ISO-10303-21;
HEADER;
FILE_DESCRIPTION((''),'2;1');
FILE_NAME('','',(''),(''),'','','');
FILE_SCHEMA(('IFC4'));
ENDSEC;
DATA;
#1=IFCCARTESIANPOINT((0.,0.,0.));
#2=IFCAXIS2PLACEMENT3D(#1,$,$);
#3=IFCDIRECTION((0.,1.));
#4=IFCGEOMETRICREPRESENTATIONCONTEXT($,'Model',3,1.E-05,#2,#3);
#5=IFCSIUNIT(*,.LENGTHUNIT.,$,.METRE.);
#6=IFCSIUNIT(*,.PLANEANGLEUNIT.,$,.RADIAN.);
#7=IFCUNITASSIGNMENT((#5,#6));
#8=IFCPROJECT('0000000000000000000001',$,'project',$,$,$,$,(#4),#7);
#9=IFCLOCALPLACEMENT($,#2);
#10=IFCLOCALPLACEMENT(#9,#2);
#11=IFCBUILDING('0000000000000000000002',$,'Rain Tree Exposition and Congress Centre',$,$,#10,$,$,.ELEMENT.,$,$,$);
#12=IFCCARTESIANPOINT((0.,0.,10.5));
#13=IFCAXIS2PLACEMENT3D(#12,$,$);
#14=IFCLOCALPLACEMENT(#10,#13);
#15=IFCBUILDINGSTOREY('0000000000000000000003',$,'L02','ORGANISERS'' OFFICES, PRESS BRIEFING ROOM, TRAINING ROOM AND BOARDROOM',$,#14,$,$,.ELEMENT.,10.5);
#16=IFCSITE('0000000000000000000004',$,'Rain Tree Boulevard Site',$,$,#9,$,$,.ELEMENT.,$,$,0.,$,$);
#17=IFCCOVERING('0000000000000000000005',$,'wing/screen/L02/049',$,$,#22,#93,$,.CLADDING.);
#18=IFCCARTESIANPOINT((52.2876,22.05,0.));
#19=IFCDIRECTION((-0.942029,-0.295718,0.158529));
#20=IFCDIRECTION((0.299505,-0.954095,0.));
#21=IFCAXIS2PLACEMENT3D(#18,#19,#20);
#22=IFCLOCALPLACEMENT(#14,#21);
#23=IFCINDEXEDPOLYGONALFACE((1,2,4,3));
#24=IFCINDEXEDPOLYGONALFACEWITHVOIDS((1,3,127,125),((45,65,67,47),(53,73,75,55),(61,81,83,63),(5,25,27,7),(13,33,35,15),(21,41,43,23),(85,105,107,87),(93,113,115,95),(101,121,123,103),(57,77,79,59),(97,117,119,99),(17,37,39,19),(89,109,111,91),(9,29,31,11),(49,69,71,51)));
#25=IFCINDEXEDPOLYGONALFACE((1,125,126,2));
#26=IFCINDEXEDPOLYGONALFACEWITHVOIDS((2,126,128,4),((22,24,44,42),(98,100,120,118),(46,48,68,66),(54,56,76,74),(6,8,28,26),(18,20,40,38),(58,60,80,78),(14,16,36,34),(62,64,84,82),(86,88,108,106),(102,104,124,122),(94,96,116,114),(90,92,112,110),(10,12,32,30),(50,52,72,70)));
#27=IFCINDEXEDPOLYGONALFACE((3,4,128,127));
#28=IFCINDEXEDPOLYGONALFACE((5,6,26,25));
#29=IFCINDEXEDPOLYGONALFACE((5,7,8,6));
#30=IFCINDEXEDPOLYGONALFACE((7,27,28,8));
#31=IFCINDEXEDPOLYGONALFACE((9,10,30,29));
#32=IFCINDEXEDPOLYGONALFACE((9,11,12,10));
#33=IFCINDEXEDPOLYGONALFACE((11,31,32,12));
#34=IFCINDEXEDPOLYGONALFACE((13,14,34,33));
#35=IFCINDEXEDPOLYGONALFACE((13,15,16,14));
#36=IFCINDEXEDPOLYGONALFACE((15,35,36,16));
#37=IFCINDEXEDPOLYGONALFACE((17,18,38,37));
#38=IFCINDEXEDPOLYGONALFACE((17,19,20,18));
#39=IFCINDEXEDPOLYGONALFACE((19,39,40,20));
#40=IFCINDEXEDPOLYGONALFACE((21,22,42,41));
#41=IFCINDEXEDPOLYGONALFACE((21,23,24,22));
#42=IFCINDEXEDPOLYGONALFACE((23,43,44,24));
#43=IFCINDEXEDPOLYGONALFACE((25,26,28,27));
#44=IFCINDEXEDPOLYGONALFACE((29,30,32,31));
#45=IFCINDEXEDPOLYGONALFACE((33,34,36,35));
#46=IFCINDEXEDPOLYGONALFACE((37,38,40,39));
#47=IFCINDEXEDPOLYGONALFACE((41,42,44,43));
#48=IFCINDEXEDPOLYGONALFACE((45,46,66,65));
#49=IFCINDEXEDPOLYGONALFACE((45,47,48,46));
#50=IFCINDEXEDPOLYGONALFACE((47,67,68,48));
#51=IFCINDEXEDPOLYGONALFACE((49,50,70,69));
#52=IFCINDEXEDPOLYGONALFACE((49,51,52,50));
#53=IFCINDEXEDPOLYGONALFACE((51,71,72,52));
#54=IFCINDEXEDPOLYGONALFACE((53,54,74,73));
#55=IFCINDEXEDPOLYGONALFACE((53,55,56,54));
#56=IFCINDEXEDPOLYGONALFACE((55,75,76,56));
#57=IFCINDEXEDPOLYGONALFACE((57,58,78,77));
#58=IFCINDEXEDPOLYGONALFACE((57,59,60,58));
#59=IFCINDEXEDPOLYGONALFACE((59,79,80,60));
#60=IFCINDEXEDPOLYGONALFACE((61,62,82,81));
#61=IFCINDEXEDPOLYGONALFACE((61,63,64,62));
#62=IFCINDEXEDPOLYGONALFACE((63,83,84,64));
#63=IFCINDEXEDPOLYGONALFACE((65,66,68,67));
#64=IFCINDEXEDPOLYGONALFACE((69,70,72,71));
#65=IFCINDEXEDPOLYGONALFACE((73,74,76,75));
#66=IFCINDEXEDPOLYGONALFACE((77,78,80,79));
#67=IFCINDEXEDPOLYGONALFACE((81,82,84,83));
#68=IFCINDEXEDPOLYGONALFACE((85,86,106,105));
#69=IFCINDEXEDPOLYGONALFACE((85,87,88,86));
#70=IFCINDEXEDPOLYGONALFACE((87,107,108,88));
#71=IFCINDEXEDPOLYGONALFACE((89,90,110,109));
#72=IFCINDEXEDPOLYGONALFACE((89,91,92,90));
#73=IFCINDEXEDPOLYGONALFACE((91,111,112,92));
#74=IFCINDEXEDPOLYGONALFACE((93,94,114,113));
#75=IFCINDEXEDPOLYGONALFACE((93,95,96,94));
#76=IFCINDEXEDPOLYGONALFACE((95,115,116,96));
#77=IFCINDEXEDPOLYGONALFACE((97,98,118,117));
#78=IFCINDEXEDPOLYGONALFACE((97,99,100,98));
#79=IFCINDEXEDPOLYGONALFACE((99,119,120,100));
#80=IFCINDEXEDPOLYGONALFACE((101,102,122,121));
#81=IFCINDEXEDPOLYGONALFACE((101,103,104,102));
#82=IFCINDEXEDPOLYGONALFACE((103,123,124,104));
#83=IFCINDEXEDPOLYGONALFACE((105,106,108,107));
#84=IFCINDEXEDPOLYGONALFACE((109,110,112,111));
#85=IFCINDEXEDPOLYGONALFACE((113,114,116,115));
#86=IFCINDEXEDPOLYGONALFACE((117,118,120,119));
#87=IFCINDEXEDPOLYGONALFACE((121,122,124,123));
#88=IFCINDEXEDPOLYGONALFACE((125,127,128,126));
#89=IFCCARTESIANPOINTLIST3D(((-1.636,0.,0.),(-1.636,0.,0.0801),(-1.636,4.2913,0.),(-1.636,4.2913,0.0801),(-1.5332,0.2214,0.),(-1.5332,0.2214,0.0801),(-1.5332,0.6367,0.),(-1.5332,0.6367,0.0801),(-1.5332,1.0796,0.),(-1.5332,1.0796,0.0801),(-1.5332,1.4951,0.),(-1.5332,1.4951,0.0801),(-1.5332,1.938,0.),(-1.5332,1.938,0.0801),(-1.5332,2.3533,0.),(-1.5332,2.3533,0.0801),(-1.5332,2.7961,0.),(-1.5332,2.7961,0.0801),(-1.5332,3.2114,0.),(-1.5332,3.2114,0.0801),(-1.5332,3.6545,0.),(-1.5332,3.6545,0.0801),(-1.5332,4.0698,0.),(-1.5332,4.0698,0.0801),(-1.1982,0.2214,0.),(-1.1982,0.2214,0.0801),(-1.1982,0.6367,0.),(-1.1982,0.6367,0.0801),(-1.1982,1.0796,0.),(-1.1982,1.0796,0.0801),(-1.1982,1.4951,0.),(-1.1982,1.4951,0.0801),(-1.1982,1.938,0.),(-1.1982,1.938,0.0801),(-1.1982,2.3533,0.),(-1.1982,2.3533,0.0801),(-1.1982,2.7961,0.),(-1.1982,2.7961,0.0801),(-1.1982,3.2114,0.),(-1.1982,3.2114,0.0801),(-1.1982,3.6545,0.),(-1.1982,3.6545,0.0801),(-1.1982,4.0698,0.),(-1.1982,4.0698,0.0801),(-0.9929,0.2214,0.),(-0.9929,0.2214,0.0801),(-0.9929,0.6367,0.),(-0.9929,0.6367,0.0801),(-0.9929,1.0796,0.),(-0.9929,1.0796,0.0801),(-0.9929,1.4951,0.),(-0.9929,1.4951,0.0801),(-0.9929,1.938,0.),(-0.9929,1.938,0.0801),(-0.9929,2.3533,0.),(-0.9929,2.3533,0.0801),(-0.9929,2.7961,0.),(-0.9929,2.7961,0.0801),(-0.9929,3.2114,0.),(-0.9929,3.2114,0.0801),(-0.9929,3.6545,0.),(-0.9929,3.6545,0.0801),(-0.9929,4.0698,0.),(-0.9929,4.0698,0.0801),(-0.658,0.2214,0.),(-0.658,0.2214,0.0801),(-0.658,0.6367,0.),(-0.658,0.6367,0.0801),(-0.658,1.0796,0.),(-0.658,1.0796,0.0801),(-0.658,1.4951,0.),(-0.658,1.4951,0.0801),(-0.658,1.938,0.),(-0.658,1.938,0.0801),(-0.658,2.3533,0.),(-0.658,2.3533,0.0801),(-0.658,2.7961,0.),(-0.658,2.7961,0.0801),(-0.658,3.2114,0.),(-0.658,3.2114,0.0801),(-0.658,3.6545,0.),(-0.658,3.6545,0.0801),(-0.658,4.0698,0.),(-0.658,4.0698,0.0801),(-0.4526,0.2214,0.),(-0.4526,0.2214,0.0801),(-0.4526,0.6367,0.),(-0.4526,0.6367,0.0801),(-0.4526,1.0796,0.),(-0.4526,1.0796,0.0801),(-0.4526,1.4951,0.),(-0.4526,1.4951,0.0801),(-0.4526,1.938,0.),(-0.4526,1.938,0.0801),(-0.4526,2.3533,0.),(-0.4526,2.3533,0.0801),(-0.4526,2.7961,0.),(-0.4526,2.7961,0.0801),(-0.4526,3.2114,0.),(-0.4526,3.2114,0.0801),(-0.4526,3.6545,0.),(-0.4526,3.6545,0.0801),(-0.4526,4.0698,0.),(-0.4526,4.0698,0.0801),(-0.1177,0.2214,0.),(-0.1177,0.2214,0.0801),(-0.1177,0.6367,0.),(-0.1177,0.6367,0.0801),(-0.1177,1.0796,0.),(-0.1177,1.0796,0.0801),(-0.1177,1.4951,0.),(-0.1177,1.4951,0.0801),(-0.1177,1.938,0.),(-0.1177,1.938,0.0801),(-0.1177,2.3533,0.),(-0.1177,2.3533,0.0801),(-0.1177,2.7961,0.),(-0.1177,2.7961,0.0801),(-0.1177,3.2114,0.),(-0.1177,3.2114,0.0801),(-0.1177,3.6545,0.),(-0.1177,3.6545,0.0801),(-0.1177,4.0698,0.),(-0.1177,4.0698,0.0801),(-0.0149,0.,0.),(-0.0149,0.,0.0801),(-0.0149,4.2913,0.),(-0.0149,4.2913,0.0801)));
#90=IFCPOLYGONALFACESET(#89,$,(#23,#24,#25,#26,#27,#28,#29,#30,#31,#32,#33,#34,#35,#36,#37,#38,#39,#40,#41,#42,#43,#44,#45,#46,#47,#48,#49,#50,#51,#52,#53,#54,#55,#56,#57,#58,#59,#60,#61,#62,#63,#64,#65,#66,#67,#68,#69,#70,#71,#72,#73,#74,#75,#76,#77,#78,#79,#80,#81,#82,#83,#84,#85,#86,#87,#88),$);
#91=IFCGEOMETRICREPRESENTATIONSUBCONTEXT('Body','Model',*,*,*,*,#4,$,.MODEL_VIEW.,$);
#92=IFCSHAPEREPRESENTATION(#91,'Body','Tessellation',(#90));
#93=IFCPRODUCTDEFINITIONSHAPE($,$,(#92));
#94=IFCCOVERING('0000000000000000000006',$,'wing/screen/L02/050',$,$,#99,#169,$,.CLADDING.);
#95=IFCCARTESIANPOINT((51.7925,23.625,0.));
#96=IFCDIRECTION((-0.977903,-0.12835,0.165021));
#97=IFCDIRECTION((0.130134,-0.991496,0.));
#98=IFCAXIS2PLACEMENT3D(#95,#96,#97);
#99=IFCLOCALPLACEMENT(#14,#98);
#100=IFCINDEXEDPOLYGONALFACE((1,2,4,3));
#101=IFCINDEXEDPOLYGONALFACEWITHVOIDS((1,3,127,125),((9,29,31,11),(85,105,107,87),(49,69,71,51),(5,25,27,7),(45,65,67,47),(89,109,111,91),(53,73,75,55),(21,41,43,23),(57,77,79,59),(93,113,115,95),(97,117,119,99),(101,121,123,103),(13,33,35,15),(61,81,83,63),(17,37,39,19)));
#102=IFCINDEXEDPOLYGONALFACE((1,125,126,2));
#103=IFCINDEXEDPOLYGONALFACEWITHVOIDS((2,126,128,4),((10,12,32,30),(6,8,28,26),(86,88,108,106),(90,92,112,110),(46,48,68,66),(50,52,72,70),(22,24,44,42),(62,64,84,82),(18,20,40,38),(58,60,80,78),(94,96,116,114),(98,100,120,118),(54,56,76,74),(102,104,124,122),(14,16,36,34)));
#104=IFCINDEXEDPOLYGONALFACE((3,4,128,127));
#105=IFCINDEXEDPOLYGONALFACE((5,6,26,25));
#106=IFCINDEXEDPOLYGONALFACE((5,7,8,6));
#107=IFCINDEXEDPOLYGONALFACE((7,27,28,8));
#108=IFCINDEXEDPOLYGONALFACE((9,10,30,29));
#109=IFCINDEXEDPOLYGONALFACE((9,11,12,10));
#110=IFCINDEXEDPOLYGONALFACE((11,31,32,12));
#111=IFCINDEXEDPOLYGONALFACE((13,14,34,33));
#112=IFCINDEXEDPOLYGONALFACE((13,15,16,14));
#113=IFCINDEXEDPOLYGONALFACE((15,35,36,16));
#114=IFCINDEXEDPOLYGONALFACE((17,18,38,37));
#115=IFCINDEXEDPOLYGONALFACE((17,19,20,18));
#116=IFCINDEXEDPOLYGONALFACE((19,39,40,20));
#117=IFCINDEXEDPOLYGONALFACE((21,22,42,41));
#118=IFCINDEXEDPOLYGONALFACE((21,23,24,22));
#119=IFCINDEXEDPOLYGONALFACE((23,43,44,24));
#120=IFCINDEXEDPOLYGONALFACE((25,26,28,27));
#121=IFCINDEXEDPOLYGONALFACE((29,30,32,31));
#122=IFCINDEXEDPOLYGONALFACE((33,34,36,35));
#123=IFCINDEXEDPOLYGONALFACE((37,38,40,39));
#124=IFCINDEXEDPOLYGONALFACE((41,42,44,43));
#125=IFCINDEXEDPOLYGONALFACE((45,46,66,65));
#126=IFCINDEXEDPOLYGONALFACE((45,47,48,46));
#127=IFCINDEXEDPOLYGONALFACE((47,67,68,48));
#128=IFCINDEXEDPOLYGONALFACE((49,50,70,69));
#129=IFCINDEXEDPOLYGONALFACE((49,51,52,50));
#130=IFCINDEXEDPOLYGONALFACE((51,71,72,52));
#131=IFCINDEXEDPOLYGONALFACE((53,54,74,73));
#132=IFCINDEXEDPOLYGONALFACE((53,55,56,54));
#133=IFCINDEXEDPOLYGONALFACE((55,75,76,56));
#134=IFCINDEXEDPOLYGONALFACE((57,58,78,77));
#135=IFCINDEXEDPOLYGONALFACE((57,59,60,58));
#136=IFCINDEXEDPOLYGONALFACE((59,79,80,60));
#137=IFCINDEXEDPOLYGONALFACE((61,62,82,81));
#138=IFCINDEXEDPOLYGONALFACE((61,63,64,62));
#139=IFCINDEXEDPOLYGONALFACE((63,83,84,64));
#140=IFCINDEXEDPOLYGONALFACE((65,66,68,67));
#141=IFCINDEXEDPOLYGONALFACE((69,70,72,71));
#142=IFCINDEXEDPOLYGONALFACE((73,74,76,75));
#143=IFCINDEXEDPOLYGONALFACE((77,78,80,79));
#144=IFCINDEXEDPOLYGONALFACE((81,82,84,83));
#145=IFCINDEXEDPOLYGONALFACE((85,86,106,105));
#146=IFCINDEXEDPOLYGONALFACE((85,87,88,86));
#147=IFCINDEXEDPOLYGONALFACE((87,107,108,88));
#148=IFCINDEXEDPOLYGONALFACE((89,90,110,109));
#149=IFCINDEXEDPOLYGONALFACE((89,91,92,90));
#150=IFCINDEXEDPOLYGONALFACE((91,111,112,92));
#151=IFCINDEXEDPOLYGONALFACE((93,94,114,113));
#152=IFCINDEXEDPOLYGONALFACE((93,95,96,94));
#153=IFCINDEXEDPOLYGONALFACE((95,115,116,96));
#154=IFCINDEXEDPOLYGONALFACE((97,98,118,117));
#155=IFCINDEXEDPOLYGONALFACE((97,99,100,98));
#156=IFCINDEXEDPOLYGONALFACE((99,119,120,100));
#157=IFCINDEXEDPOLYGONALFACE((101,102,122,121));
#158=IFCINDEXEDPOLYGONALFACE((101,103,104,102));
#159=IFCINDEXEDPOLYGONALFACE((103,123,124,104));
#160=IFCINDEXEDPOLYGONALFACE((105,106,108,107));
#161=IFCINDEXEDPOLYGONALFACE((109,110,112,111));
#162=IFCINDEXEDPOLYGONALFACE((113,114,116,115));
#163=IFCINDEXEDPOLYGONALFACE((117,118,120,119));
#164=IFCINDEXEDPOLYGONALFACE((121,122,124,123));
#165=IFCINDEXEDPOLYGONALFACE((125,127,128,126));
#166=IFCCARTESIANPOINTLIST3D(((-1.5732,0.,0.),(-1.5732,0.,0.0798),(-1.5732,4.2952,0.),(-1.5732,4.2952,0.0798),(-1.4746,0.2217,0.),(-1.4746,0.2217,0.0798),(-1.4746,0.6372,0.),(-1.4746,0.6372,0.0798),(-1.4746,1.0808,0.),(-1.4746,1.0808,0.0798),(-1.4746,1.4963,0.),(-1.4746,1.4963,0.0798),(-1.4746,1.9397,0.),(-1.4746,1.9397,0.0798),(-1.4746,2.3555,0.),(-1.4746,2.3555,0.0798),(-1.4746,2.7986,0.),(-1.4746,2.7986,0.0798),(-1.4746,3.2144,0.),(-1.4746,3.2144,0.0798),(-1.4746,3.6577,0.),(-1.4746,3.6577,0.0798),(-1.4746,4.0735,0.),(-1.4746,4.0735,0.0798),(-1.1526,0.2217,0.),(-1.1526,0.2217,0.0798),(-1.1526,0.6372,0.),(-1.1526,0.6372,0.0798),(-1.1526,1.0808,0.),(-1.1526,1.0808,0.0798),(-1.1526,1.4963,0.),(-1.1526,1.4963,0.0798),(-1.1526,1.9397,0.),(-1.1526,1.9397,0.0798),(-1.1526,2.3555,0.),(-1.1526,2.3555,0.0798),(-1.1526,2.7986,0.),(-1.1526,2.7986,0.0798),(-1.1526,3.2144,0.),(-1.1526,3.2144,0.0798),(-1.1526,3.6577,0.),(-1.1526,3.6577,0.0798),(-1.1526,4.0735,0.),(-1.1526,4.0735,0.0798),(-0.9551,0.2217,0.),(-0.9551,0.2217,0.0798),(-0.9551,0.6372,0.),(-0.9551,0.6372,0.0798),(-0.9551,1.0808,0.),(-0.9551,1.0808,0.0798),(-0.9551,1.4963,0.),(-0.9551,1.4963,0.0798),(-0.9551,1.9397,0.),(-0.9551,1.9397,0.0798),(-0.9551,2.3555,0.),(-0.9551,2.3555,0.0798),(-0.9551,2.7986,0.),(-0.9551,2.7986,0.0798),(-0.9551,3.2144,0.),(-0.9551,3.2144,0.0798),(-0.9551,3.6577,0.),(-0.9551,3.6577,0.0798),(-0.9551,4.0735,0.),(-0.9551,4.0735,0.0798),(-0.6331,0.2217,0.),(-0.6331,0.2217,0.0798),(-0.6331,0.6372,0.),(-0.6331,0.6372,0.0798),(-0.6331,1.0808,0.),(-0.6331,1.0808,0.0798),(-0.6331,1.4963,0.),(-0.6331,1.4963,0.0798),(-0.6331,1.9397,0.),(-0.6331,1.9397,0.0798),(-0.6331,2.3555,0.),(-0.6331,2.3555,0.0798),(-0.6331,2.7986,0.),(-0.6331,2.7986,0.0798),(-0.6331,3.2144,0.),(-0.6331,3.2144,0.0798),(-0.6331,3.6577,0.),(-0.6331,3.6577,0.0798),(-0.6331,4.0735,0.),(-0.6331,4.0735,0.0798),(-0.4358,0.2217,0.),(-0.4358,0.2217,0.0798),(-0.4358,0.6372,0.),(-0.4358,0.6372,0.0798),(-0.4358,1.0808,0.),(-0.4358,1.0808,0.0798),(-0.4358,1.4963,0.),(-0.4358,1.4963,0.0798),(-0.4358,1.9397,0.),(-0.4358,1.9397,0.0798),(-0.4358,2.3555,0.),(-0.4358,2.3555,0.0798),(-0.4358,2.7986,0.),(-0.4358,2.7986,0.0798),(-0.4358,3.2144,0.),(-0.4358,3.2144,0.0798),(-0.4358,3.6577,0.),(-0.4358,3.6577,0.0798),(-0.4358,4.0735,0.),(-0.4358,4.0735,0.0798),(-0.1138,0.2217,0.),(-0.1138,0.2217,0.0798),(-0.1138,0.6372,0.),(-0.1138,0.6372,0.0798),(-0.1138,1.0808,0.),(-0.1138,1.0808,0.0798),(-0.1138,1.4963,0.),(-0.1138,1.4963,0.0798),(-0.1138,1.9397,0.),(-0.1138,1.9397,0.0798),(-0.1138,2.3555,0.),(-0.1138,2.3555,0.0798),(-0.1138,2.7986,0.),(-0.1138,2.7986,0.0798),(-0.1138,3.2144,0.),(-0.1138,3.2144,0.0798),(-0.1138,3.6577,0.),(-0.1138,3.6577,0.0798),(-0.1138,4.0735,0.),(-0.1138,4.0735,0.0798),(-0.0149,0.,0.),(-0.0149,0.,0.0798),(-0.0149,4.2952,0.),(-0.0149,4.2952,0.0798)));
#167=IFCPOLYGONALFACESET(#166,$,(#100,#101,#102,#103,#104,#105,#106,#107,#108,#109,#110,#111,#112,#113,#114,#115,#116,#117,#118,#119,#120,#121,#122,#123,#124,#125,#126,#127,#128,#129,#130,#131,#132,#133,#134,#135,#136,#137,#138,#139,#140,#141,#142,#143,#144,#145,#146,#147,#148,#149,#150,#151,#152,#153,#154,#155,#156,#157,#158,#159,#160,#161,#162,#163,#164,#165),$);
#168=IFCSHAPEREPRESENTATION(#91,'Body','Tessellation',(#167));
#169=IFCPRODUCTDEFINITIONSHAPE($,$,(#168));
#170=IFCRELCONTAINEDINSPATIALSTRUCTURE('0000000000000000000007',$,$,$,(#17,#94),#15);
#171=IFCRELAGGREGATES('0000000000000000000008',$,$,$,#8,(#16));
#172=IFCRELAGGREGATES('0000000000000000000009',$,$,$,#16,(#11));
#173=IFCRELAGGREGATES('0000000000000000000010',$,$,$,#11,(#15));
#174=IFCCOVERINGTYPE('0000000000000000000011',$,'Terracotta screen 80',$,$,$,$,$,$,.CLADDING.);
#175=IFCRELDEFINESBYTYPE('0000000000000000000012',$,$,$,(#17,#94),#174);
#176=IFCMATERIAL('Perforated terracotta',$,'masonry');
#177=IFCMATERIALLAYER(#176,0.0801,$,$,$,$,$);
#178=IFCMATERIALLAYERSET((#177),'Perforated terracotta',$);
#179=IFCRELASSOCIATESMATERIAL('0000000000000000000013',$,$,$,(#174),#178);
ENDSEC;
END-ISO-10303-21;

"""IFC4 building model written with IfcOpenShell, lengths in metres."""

from ifc_helpers import new_model, si_unit, direction, frame, origin, place, context, subcontext, project, spatial, polyline, outline, extrude, material, layer, layer_set, type_object, element, save


model = new_model("IFC4")

# Units and contexts
model_context = context("Model", 3, precision=1e-05, world=origin(), true_north=direction((0.0, 1.0)))
body_context = subcontext(model_context, "Body", "Model", "MODEL_VIEW")
ifc_project = project(units=[si_unit("LENGTHUNIT", "METRE"), si_unit("PLANEANGLEUNIT", "RADIAN")], contexts=[model_context])

# Site, building, storey
site_placement = place(None, origin())
site = spatial("IfcSite", under=ifc_project, at=site_placement, Name="Rain Tree Boulevard Site", CompositionType="ELEMENT", RefElevation=0.0)
building_placement = place(site_placement, origin())
building = spatial("IfcBuilding", under=site, at=building_placement, Name="Rain Tree Exposition and Congress Centre", CompositionType="ELEMENT")
storey_placement = place(building_placement, frame((0.0, 0.0, 10.5)))
storey = spatial("IfcBuildingStorey", under=building, at=storey_placement, Name="L02", Description="ORGANISERS' OFFICES, PRESS BRIEFING ROOM, TRAINING ROOM AND BOARDROOM", CompositionType="ELEMENT", Elevation=10.5)

# Coverings
ifc_material_1 = material(Name="Perforated terracotta", Category="masonry")
ifc_layer_1 = layer(ifc_material_1, 0.0801)
ifc_layer_set_1 = layer_set([ifc_layer_1], Name="Perforated terracotta")
covering_type = type_object("IfcCoveringType", Name="Terracotta screen 80", PredefinedType="CLADDING", material=ifc_layer_set_1)
covering_1_placement = place(storey_placement, frame((52.2876, 22.05, 0.0), z_axis=(-0.942029, -0.295718, 0.158529), x_axis=(0.299505, -0.954095, 0.0)))
element("IfcCovering", 1, at=covering_1_placement, inside=storey, type_object=covering_type, Name="wing/screen/L02/049", PredefinedType="CLADDING", context=body_context, shape_type="SweptSolid", body=[
    extrude(outline(polyline([(-1.636, 0.0), (-1.636, 4.2913), (-0.0149, 4.2913), (-0.0149, 0.0), (-1.636, 0.0)]), holes=[polyline([(-0.1177, 0.2214), (-0.1177, 0.6367), (-0.4526, 0.6367), (-0.4526, 0.2214), (-0.1177, 0.2214)]), polyline([(-0.1177, 1.0796), (-0.1177, 1.4951), (-0.4526, 1.4951), (-0.4526, 1.0796), (-0.1177, 1.0796)]), polyline([(-0.1177, 1.938), (-0.1177, 2.3533), (-0.4526, 2.3533), (-0.4526, 1.938), (-0.1177, 1.938)]), polyline([(-0.1177, 2.7961), (-0.1177, 3.2114), (-0.4526, 3.2114), (-0.4526, 2.7961), (-0.1177, 2.7961)]), polyline([(-0.1177, 3.6545), (-0.1177, 4.0698), (-0.4526, 4.0698), (-0.4526, 3.6545), (-0.1177, 3.6545)]), polyline([(-0.658, 0.2214), (-0.658, 0.6367), (-0.9929, 0.6367), (-0.9929, 0.2214), (-0.658, 0.2214)]), polyline([(-0.658, 1.0796), (-0.658, 1.4951), (-0.9929, 1.4951), (-0.9929, 1.0796), (-0.658, 1.0796)]), polyline([(-0.658, 1.938), (-0.658, 2.3533), (-0.9929, 2.3533), (-0.9929, 1.938), (-0.658, 1.938)]), polyline([(-0.658, 2.7961), (-0.658, 3.2114), (-0.9929, 3.2114), (-0.9929, 2.7961), (-0.658, 2.7961)]), polyline([(-0.658, 3.6545), (-0.658, 4.0698), (-0.9929, 4.0698), (-0.9929, 3.6545), (-0.658, 3.6545)]), polyline([(-1.1982, 0.2214), (-1.1982, 0.6367), (-1.5332, 0.6367), (-1.5332, 0.2214), (-1.1982, 0.2214)]), polyline([(-1.1982, 1.0796), (-1.1982, 1.4951), (-1.5332, 1.4951), (-1.5332, 1.0796), (-1.1982, 1.0796)]), polyline([(-1.1982, 1.938), (-1.1982, 2.3533), (-1.5332, 2.3533), (-1.5332, 1.938), (-1.1982, 1.938)]), polyline([(-1.1982, 2.7961), (-1.1982, 3.2114), (-1.5332, 3.2114), (-1.5332, 2.7961), (-1.1982, 2.7961)]), polyline([(-1.1982, 3.6545), (-1.1982, 4.0698), (-1.5332, 4.0698), (-1.5332, 3.6545), (-1.1982, 3.6545)])]), origin(), (0.0, 0.0, 1.0), 0.0801),
])
covering_2_placement = place(storey_placement, frame((51.7925, 23.625, 0.0), z_axis=(-0.977903, -0.12835, 0.165021), x_axis=(0.130134, -0.991496, 0.0)))
element("IfcCovering", 2, at=covering_2_placement, inside=storey, type_object=covering_type, Name="wing/screen/L02/050", PredefinedType="CLADDING", context=body_context, shape_type="SweptSolid", body=[
    extrude(outline(polyline([(-1.5732, 0.0), (-1.5732, 4.2952), (-0.0149, 4.2952), (-0.0149, 0.0), (-1.5732, 0.0)]), holes=[polyline([(-0.1138, 0.2217), (-0.1138, 0.6372), (-0.4358, 0.6372), (-0.4358, 0.2217), (-0.1138, 0.2217)]), polyline([(-0.1138, 1.0808), (-0.1138, 1.4963), (-0.4358, 1.4963), (-0.4358, 1.0808), (-0.1138, 1.0808)]), polyline([(-0.1138, 1.9397), (-0.1138, 2.3555), (-0.4358, 2.3555), (-0.4358, 1.9397), (-0.1138, 1.9397)]), polyline([(-0.1138, 2.7986), (-0.1138, 3.2144), (-0.4358, 3.2144), (-0.4358, 2.7986), (-0.1138, 2.7986)]), polyline([(-0.1138, 3.6577), (-0.1138, 4.0735), (-0.4358, 4.0735), (-0.4358, 3.6577), (-0.1138, 3.6577)]), polyline([(-0.6331, 0.2217), (-0.6331, 0.6372), (-0.9551, 0.6372), (-0.9551, 0.2217), (-0.6331, 0.2217)]), polyline([(-0.6331, 1.0808), (-0.6331, 1.4963), (-0.9551, 1.4963), (-0.9551, 1.0808), (-0.6331, 1.0808)]), polyline([(-0.6331, 1.9397), (-0.6331, 2.3555), (-0.9551, 2.3555), (-0.9551, 1.9397), (-0.6331, 1.9397)]), polyline([(-0.6331, 2.7986), (-0.6331, 3.2144), (-0.9551, 3.2144), (-0.9551, 2.7986), (-0.6331, 2.7986)]), polyline([(-0.6331, 3.6577), (-0.6331, 4.0735), (-0.9551, 4.0735), (-0.9551, 3.6577), (-0.6331, 3.6577)]), polyline([(-1.1526, 0.2217), (-1.1526, 0.6372), (-1.4746, 0.6372), (-1.4746, 0.2217), (-1.1526, 0.2217)]), polyline([(-1.1526, 1.0808), (-1.1526, 1.4963), (-1.4746, 1.4963), (-1.4746, 1.0808), (-1.1526, 1.0808)]), polyline([(-1.1526, 1.9397), (-1.1526, 2.3555), (-1.4746, 2.3555), (-1.4746, 1.9397), (-1.1526, 1.9397)]), polyline([(-1.1526, 2.7986), (-1.1526, 3.2144), (-1.4746, 3.2144), (-1.4746, 2.7986), (-1.1526, 2.7986)]), polyline([(-1.1526, 3.6577), (-1.1526, 4.0735), (-1.4746, 4.0735), (-1.4746, 3.6577), (-1.1526, 3.6577)])]), origin(), (0.0, 0.0, 1.0), 0.0798),
])

save(model, "model.ifc")
